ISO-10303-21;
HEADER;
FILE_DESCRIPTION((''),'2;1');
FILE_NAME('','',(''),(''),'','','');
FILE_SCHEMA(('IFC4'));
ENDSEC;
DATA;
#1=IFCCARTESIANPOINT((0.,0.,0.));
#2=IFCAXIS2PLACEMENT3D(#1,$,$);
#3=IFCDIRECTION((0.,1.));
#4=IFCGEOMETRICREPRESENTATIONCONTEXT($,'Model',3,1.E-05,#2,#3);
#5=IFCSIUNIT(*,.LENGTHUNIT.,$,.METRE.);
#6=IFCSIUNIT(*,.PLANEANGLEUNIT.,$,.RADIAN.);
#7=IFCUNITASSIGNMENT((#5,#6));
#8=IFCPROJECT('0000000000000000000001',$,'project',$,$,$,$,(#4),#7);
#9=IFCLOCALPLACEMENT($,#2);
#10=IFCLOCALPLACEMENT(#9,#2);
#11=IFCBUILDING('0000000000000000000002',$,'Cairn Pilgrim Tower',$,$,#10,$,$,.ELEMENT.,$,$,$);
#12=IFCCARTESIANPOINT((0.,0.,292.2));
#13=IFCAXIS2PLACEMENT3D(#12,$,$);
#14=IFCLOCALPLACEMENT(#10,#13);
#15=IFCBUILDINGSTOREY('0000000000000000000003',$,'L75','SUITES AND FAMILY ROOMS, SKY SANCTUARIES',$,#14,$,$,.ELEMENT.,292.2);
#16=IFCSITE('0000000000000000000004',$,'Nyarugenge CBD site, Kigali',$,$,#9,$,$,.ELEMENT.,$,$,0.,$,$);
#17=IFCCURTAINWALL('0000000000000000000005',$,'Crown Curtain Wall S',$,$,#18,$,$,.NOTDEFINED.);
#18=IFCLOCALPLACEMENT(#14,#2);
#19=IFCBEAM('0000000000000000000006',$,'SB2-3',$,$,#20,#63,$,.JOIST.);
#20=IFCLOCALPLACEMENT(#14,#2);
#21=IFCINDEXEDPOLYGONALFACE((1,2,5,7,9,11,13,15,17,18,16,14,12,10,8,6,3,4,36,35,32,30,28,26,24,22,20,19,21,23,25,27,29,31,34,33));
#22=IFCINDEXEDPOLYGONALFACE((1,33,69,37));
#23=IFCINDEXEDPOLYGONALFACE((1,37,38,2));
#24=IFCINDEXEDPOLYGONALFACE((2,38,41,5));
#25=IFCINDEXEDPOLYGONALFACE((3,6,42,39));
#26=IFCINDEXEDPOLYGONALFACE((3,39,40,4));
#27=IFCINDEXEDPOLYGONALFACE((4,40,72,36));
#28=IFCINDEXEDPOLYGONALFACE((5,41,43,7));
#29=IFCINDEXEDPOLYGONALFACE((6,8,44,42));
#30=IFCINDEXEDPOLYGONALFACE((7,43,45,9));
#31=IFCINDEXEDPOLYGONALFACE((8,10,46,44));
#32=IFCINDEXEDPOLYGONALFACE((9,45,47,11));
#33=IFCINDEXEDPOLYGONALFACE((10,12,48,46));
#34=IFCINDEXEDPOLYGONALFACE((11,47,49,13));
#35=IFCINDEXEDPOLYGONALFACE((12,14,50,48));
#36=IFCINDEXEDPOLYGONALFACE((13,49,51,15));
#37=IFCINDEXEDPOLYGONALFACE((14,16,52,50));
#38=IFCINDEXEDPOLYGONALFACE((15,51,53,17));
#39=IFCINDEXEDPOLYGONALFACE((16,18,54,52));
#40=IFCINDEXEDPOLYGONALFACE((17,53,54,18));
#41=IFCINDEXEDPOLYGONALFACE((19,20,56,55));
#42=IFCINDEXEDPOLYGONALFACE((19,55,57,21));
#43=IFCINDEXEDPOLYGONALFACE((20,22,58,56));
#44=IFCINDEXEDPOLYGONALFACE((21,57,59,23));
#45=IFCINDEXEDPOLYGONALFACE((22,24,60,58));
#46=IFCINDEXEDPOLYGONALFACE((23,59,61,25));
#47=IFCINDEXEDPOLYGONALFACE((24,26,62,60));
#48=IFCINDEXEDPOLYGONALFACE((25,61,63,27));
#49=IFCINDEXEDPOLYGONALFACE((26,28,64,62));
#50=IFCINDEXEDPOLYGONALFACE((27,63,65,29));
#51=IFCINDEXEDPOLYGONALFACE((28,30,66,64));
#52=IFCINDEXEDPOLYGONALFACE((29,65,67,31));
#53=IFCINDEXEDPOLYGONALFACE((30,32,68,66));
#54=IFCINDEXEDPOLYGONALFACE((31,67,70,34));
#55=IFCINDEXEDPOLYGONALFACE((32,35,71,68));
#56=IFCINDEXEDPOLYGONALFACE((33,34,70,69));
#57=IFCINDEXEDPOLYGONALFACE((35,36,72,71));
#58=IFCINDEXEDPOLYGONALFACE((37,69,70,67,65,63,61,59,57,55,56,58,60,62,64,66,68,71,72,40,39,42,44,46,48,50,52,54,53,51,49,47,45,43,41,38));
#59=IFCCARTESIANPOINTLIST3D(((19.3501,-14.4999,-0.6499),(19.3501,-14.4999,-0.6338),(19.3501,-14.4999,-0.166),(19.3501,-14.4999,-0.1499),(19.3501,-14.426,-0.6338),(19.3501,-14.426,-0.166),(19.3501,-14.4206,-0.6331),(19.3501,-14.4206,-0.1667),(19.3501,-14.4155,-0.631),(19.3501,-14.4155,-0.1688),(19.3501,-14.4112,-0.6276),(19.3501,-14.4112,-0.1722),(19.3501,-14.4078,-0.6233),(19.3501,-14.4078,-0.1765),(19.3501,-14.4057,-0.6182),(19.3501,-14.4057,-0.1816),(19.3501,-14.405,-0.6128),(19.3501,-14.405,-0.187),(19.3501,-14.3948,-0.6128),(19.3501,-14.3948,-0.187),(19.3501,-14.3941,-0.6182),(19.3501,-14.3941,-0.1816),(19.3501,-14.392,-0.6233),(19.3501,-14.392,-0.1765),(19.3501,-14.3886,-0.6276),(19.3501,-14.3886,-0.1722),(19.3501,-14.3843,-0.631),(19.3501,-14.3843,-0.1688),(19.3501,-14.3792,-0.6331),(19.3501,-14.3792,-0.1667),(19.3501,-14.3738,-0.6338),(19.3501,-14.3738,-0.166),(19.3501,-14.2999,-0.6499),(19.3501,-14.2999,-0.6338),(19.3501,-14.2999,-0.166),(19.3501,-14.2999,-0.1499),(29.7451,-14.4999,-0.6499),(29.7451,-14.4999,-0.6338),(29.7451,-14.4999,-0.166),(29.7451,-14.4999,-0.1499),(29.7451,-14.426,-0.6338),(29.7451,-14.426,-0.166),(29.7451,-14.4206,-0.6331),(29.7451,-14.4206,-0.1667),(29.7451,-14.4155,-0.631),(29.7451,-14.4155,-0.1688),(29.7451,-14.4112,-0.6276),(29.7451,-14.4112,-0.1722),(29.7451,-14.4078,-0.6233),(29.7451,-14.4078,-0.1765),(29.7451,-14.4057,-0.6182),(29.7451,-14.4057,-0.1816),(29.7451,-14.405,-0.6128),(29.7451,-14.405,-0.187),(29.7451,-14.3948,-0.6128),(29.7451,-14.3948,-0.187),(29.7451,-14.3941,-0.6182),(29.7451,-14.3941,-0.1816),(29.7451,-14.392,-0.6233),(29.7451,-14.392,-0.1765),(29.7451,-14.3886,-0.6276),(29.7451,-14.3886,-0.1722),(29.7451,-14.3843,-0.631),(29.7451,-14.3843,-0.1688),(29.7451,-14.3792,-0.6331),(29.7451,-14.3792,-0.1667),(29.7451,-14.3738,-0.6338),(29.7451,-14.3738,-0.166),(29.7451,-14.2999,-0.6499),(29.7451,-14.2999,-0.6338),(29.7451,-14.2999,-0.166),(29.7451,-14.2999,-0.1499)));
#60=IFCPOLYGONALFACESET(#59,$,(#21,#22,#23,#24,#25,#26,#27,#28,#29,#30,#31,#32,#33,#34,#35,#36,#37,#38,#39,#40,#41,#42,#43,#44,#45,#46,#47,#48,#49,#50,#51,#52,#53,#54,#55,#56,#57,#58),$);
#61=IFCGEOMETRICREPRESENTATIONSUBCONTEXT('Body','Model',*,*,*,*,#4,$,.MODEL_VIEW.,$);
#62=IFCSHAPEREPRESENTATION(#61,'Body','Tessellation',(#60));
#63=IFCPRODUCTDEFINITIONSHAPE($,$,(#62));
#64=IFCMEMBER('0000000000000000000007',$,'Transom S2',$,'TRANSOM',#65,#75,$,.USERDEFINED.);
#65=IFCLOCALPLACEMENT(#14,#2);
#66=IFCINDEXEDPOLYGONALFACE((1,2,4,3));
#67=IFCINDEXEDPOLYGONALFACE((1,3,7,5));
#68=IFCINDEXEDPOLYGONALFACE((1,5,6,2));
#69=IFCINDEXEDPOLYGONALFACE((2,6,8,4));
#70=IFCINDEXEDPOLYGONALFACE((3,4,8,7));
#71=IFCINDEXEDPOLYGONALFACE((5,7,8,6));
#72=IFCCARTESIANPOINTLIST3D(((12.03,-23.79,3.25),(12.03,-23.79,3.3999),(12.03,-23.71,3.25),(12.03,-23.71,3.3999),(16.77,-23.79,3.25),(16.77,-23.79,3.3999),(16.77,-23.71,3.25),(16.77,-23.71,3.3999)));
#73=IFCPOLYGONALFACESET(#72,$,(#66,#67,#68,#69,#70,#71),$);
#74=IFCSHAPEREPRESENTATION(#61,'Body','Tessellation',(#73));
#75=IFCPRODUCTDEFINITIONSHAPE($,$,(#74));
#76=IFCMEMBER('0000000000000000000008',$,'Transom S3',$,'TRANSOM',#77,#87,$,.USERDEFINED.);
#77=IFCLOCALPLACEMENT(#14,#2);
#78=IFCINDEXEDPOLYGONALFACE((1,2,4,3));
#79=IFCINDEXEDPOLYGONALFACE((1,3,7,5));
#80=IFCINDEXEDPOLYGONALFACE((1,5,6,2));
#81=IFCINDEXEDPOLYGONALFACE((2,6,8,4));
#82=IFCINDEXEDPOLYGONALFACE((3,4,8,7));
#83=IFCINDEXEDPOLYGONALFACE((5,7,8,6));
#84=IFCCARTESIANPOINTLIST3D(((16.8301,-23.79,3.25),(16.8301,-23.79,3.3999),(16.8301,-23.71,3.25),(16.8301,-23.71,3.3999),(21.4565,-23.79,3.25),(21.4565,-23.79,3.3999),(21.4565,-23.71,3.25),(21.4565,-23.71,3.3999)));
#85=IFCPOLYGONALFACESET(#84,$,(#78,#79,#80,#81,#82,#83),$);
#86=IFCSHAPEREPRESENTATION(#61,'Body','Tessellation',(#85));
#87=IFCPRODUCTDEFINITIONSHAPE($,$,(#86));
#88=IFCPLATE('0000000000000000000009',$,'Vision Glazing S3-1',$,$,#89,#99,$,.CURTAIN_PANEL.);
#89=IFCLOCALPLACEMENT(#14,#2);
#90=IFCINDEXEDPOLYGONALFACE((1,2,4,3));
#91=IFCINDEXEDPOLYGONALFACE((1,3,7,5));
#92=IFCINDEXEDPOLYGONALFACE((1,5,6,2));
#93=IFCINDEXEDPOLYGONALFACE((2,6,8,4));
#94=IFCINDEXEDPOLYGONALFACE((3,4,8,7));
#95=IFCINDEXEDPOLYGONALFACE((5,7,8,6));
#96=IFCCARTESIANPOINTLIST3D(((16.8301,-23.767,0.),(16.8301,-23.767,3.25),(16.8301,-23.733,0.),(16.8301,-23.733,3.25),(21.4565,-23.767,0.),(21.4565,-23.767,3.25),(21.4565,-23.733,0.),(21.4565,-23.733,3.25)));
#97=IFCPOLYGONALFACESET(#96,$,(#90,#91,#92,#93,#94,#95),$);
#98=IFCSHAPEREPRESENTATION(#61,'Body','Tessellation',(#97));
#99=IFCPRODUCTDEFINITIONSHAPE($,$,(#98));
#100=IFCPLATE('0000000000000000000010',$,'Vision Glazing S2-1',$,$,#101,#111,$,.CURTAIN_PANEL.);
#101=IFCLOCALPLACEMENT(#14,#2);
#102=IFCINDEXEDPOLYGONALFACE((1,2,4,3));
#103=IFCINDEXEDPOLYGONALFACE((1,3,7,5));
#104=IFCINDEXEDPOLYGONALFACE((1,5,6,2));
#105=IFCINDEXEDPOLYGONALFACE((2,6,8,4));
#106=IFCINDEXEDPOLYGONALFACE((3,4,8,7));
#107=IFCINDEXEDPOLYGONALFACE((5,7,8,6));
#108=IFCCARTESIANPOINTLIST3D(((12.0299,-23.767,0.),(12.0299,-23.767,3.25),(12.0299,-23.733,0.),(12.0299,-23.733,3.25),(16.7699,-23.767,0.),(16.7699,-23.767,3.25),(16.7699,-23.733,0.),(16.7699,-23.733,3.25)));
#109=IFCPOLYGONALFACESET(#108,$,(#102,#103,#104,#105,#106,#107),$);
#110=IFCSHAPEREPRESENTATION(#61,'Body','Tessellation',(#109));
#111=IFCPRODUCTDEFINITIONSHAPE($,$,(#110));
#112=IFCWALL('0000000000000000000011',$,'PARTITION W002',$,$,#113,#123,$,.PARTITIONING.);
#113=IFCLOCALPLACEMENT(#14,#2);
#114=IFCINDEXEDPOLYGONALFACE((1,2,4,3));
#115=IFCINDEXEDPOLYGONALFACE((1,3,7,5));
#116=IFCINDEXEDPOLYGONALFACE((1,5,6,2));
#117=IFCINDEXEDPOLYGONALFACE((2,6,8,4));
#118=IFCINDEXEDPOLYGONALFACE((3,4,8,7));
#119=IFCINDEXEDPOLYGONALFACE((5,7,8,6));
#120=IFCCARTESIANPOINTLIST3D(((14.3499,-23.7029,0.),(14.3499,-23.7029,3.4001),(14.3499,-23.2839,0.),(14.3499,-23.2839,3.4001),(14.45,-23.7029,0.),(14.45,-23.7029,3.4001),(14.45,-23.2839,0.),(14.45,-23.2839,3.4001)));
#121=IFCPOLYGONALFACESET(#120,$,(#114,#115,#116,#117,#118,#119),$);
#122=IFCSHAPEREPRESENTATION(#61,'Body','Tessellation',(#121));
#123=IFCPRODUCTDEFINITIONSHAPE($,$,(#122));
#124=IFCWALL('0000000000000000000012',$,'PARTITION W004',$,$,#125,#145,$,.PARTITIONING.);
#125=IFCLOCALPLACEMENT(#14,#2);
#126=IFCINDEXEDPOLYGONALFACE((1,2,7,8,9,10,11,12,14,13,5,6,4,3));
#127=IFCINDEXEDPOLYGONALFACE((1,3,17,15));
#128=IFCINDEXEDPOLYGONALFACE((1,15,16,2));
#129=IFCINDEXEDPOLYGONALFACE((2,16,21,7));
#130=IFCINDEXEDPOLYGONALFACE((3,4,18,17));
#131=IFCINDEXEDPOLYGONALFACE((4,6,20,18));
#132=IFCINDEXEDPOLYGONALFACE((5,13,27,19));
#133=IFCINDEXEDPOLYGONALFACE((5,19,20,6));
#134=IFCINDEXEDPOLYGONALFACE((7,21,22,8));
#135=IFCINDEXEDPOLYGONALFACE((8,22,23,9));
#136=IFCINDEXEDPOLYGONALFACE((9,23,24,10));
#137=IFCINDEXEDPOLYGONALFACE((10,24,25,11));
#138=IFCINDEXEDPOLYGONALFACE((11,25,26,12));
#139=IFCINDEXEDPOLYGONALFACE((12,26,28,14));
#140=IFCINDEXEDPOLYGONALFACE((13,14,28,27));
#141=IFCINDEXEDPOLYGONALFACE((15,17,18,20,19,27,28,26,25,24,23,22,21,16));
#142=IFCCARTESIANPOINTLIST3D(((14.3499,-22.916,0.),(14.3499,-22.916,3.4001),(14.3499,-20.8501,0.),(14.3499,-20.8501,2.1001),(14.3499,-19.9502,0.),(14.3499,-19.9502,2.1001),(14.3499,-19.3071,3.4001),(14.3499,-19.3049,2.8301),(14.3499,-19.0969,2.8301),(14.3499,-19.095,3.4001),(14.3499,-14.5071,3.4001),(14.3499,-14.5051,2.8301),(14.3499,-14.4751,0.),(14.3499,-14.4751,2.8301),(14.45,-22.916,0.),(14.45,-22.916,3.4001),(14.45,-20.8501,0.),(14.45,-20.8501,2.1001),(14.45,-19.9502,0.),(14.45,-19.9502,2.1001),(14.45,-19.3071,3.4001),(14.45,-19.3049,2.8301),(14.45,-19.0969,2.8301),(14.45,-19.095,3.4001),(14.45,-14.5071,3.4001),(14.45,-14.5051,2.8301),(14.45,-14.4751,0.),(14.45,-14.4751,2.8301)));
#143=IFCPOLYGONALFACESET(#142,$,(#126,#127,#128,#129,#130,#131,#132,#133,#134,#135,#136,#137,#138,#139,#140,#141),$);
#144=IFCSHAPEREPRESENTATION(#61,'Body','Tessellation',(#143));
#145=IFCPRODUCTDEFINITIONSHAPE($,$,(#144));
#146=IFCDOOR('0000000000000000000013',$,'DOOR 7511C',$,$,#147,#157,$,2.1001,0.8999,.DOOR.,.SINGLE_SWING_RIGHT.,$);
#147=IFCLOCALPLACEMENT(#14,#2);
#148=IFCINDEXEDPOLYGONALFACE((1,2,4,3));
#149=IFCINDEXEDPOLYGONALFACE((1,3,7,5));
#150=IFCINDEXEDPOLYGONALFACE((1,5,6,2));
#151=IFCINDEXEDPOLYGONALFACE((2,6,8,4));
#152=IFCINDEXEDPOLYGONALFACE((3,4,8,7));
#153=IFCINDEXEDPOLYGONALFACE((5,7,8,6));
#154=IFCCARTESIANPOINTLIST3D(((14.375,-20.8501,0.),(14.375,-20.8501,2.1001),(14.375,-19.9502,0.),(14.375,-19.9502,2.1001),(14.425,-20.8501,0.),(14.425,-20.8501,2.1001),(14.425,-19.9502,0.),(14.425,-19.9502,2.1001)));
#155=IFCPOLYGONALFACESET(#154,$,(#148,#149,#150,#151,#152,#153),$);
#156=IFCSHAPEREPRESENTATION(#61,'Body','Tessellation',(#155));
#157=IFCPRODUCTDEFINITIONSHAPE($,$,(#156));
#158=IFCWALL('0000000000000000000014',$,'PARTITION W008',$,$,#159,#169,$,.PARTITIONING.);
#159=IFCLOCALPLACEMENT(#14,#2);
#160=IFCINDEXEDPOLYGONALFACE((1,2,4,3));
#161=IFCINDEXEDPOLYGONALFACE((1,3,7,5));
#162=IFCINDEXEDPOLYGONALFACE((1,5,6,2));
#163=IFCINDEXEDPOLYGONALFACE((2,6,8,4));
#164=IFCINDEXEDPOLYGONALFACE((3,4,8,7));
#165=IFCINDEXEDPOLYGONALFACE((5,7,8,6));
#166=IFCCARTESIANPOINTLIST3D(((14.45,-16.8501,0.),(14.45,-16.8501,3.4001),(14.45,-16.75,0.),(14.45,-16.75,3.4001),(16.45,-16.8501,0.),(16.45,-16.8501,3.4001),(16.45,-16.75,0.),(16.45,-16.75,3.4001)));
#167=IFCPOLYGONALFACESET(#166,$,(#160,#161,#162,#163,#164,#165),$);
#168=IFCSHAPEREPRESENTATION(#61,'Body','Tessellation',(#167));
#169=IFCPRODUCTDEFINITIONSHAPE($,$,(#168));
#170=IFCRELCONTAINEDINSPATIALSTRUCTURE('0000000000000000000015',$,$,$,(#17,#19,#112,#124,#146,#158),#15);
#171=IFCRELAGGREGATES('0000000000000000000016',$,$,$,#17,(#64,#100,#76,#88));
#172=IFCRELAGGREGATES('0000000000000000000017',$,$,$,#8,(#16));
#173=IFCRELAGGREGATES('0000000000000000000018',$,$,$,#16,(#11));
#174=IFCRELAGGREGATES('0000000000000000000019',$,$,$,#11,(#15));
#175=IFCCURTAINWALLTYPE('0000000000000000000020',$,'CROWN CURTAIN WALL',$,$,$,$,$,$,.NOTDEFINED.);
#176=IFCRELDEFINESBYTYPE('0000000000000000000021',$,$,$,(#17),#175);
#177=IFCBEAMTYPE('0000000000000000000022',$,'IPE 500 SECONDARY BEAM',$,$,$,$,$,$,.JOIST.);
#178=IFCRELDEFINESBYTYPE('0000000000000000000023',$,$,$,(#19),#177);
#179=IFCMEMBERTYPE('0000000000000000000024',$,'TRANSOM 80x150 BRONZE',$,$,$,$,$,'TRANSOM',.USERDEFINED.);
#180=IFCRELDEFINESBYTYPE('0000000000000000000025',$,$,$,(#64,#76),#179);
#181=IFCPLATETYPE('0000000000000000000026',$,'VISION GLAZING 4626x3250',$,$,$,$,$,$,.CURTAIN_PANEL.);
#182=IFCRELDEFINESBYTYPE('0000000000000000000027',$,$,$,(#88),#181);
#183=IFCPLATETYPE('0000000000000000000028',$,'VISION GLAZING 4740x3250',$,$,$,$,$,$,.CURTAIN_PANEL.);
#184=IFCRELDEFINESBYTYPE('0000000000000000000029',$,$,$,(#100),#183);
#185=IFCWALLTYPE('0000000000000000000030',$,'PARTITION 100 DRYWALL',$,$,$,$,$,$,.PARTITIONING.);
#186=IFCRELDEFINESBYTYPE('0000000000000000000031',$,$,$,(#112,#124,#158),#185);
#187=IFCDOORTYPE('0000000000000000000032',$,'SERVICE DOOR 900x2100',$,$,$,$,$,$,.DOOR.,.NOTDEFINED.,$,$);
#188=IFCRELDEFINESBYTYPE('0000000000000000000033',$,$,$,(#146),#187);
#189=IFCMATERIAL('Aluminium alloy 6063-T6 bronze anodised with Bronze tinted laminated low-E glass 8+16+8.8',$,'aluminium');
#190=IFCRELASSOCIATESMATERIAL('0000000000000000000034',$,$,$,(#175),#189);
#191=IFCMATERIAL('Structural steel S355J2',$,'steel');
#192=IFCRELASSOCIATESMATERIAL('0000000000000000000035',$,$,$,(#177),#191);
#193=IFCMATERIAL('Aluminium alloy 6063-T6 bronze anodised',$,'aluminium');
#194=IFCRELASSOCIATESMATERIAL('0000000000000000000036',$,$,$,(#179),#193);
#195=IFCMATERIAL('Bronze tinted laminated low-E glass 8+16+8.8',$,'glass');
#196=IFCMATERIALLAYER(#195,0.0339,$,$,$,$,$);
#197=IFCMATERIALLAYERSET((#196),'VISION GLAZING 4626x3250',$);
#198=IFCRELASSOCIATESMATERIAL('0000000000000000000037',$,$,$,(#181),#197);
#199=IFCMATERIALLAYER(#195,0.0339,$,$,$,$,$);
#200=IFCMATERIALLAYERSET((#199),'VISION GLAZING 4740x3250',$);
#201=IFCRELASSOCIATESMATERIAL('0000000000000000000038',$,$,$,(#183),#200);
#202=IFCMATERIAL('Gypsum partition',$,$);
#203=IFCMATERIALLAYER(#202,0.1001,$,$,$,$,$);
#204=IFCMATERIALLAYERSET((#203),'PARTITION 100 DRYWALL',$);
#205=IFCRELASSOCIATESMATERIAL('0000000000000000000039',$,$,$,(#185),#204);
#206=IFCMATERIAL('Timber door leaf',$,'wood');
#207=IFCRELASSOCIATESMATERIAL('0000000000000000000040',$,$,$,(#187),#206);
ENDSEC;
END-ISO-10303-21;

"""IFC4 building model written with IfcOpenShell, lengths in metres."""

from ifc_helpers import new_model, si_unit, direction, frame, frame_2d, origin, origin_2d, place, context, subcontext, project, spatial, polyline, rectangle, i_section, outline, extrude, material, layer, layer_set, material_profile, profile_set, type_object, element, fill, aggregate, save


model = new_model("IFC4")

# Units and contexts
model_context = context("Model", 3, precision=1e-05, world=origin(), true_north=direction((0.0, 1.0)))
body_context = subcontext(model_context, "Body", "Model", "MODEL_VIEW")
ifc_project = project(units=[si_unit("LENGTHUNIT", "METRE"), si_unit("PLANEANGLEUNIT", "RADIAN")], contexts=[model_context])

# Site, building, storey
site_placement = place(None, origin())
site = spatial("IfcSite", under=ifc_project, at=site_placement, Name="Nyarugenge CBD site, Kigali", CompositionType="ELEMENT", RefElevation=0.0)
building_placement = place(site_placement, origin())
building = spatial("IfcBuilding", under=site, at=building_placement, Name="Cairn Pilgrim Tower", CompositionType="ELEMENT")
storey_placement = place(building_placement, frame((0.0, 0.0, 292.2)))
storey = spatial("IfcBuildingStorey", under=building, at=storey_placement, Name="L75", Description="SUITES AND FAMILY ROOMS, SKY SANCTUARIES", CompositionType="ELEMENT", Elevation=292.2)

# Shared definitions
ifc_material_1 = material(Name="Structural steel S355J2", Category="steel")

# Curtain wall
ifc_material_2 = material(Name="Aluminium alloy 6063-T6 bronze anodised with Bronze tinted laminated low-E glass 8+16+8.8", Category="aluminium")
curtain_wall_type = type_object("IfcCurtainWallType", Name="CROWN CURTAIN WALL", PredefinedType="NOTDEFINED", material=ifc_material_2)
curtain_wall_placement = place(storey_placement, origin())
curtain_wall = element("IfcCurtainWall", 1, at=curtain_wall_placement, inside=storey, type_object=curtain_wall_type, Name="Crown Curtain Wall S", PredefinedType="NOTDEFINED")
ifc_material_3 = material(Name="Aluminium alloy 6063-T6 bronze anodised", Category="aluminium")

# Beam
ifc_material_profile_1 = material_profile(ifc_material_1, i_section(OverallWidth=0.2, OverallDepth=0.5, WebThickness=0.0103, FlangeThickness=0.0161, FilletRadius=0.021, at=origin_2d()), Name="IPE 500")
ifc_profile_set_1 = profile_set([ifc_material_profile_1], Name="Structural steel S355J2")
beam_type_1 = type_object("IfcBeamType", Name="IPE 500 SECONDARY BEAM", PredefinedType="JOIST", material=ifc_profile_set_1)
beam_1_placement = place(storey_placement, frame((19.3501, -14.3999, -0.3999), z_axis=(1.0, 0.0, 0.0), x_axis=(0.0, 1.0, 0.0)))
element("IfcBeam", 2, at=beam_1_placement, inside=storey, type_object=beam_type_1, Name="SB2-3", PredefinedType="JOIST", context=body_context, shape_type="SweptSolid", body=[
    extrude(i_section(OverallWidth=0.2, OverallDepth=0.5, WebThickness=0.0103, FlangeThickness=0.0161, FilletRadius=0.021, at=origin_2d()), origin(), (0.0, 0.0, 1.0), 10.395),
])

# Members
ifc_material_profile_2 = material_profile(ifc_material_3, rectangle(XDim=0.0801, YDim=0.1499, at=origin_2d()), Name="TRANSOM 80x150 BRONZE")
ifc_profile_set_2 = profile_set([ifc_material_profile_2], Name="Aluminium alloy 6063-T6 bronze anodised")
member_type_1 = type_object("IfcMemberType", Name="TRANSOM 80x150 BRONZE", ElementType="TRANSOM", PredefinedType="USERDEFINED", material=ifc_profile_set_2)
member_1_placement = place(storey_placement, frame((12.03, -23.75, 3.325), z_axis=(1.0, 0.0, 0.0), x_axis=(0.0, 1.0, 0.0)))
member_1 = element("IfcMember", 3, at=member_1_placement, type_object=member_type_1, Name="Transom S2", ObjectType="TRANSOM", PredefinedType="USERDEFINED", context=body_context, shape_type="SweptSolid", body=[
    extrude(rectangle(XDim=0.0801, YDim=0.1499, at=origin_2d()), origin(), (0.0, 0.0, 1.0), 4.74),
])
member_2_placement = place(storey_placement, frame((16.8301, -23.75, 3.325), z_axis=(1.0, 0.0, 0.0), x_axis=(0.0, 1.0, 0.0)))
member_2 = element("IfcMember", 4, at=member_2_placement, type_object=member_type_1, Name="Transom S3", ObjectType="TRANSOM", PredefinedType="USERDEFINED", context=body_context, shape_type="SweptSolid", body=[
    extrude(rectangle(XDim=0.0801, YDim=0.1499, at=origin_2d()), origin(), (0.0, 0.0, 1.0), 4.6265),
])

# Plates
ifc_material_4 = material(Name="Bronze tinted laminated low-E glass 8+16+8.8", Category="glass")
ifc_layer_1 = layer(ifc_material_4, 0.0339)
ifc_layer_set_1 = layer_set([ifc_layer_1], Name="VISION GLAZING 4626x3250")
plate_type_1 = type_object("IfcPlateType", Name="VISION GLAZING 4626x3250", PredefinedType="CURTAIN_PANEL", material=ifc_layer_set_1)
plate_1_placement = place(storey_placement, frame((19.1433, -23.75, 0.0), z_axis=(0.0, 0.0, 1.0), x_axis=(1.0, 0.0, 0.0)))
plate_1 = element("IfcPlate", 5, at=plate_1_placement, type_object=plate_type_1, Name="Vision Glazing S3-1", PredefinedType="CURTAIN_PANEL", context=body_context, shape_type="SweptSolid", body=[
    extrude(rectangle(XDim=4.6265, YDim=0.0339, at=origin_2d()), origin(), (0.0, 0.0, 1.0), 3.25),
])
ifc_layer_2 = layer(ifc_material_4, 0.0339)
ifc_layer_set_2 = layer_set([ifc_layer_2], Name="VISION GLAZING 4740x3250")
plate_type_2 = type_object("IfcPlateType", Name="VISION GLAZING 4740x3250", PredefinedType="CURTAIN_PANEL", material=ifc_layer_set_2)
plate_2_placement = place(storey_placement, frame((14.3999, -23.75, 0.0), z_axis=(0.0, 0.0, 1.0), x_axis=(1.0, 0.0, 0.0)))
plate_2 = element("IfcPlate", 6, at=plate_2_placement, type_object=plate_type_2, Name="Vision Glazing S2-1", PredefinedType="CURTAIN_PANEL", context=body_context, shape_type="SweptSolid", body=[
    extrude(rectangle(XDim=4.74, YDim=0.0339, at=origin_2d()), origin(), (0.0, 0.0, 1.0), 3.25),
])
aggregate(curtain_wall, [member_1, plate_2, member_2, plate_1])

# Wall
ifc_material_5 = material(Name="Gypsum partition")
ifc_layer_3 = layer(ifc_material_5, 0.1001)
ifc_layer_set_3 = layer_set([ifc_layer_3], Name="PARTITION 100 DRYWALL")
wall_type_1 = type_object("IfcWallType", Name="PARTITION 100 DRYWALL", PredefinedType="PARTITIONING", material=ifc_layer_set_3)
wall_1_placement = place(storey_placement, frame((14.3999, -23.7029, 0.0), z_axis=(0.0, 0.0, 1.0), x_axis=(0.0, 1.0, 0.0)))
element("IfcWall", 7, at=wall_1_placement, inside=storey, type_object=wall_type_1, Name="PARTITION W002", PredefinedType="PARTITIONING", context=body_context, shape_type="SweptSolid", body=[
    extrude(rectangle(XDim=0.4189, YDim=0.1001, at=frame_2d((0.2095, 0.0))), origin(), (0.0, 0.0, 1.0), 3.4001),
])

# Wall, opening, door
wall_2_placement = place(storey_placement, frame((14.3999, -22.916, 0.0), z_axis=(0.0, 0.0, 1.0), x_axis=(0.0, 1.0, 0.0)))
wall_2 = element("IfcWall", 8, at=wall_2_placement, inside=storey, type_object=wall_type_1, Name="PARTITION W004", PredefinedType="PARTITIONING", context=body_context, shape_type="SweptSolid", body=[
    extrude(outline(polyline([(0.0, 0.0), (8.4409, 0.0), (8.4409, 2.8301), (8.4109, 2.8301), (8.4089, 3.4001), (3.821, 3.4001), (3.8191, 2.8301), (3.6111, 2.8301), (3.6089, 3.4001), (0.0, 3.4001), (0.0, 0.0)])), frame((0.0, 0.05, 0.0), z_axis=(0.0, -1.0, 0.0), x_axis=(1.0, 0.0, 0.0)), (0.0, 0.0, 1.0), 0.1001),
])
opening_1_placement = place(wall_2_placement, frame((2.0659, 0.0, 0.0)))
opening_1 = element("IfcOpeningElement", 9, at=opening_1_placement, cuts=wall_2, PredefinedType="OPENING", context=body_context, shape_type="SweptSolid", body=[
    extrude(rectangle(XDim=0.8999, YDim=2.1001, at=frame_2d((0.45, 1.05))), frame((0.0, 0.0601, 0.0), z_axis=(0.0, -1.0, 0.0), x_axis=(1.0, 0.0, 0.0)), (0.0, 0.0, 1.0), 0.1201),
])
ifc_material_6 = material(Name="Timber door leaf", Category="wood")
door_type_1 = type_object("IfcDoorType", Name="SERVICE DOOR 900x2100", OperationType="NOTDEFINED", PredefinedType="DOOR", material=ifc_material_6)
door_1_placement = place(opening_1_placement, origin())
door_1 = element("IfcDoor", 10, at=door_1_placement, inside=storey, type_object=door_type_1, Name="DOOR 7511C", OperationType="SINGLE_SWING_RIGHT", OverallHeight=2.1001, OverallWidth=0.8999, PredefinedType="DOOR", context=body_context, shape_type="SweptSolid", body=[
    extrude(rectangle(XDim=0.8999, YDim=2.1001, at=frame_2d((0.45, 1.05))), frame((0.0, 0.0249, 0.0), z_axis=(0.0, -1.0, 0.0), x_axis=(1.0, 0.0, 0.0)), (0.0, 0.0, 1.0), 0.05),
])
fill(opening_1, door_1)

# Wall
wall_3_placement = place(storey_placement, frame((14.45, -16.8, 0.0), z_axis=(0.0, 0.0, 1.0), x_axis=(1.0, 0.0, 0.0)))
element("IfcWall", 11, at=wall_3_placement, inside=storey, type_object=wall_type_1, Name="PARTITION W008", PredefinedType="PARTITIONING", context=body_context, shape_type="SweptSolid", body=[
    extrude(rectangle(XDim=2.0, YDim=0.1001, at=frame_2d((1.0, 0.0))), origin(), (0.0, 0.0, 1.0), 3.4001),
])

save(model, "model.ifc")
